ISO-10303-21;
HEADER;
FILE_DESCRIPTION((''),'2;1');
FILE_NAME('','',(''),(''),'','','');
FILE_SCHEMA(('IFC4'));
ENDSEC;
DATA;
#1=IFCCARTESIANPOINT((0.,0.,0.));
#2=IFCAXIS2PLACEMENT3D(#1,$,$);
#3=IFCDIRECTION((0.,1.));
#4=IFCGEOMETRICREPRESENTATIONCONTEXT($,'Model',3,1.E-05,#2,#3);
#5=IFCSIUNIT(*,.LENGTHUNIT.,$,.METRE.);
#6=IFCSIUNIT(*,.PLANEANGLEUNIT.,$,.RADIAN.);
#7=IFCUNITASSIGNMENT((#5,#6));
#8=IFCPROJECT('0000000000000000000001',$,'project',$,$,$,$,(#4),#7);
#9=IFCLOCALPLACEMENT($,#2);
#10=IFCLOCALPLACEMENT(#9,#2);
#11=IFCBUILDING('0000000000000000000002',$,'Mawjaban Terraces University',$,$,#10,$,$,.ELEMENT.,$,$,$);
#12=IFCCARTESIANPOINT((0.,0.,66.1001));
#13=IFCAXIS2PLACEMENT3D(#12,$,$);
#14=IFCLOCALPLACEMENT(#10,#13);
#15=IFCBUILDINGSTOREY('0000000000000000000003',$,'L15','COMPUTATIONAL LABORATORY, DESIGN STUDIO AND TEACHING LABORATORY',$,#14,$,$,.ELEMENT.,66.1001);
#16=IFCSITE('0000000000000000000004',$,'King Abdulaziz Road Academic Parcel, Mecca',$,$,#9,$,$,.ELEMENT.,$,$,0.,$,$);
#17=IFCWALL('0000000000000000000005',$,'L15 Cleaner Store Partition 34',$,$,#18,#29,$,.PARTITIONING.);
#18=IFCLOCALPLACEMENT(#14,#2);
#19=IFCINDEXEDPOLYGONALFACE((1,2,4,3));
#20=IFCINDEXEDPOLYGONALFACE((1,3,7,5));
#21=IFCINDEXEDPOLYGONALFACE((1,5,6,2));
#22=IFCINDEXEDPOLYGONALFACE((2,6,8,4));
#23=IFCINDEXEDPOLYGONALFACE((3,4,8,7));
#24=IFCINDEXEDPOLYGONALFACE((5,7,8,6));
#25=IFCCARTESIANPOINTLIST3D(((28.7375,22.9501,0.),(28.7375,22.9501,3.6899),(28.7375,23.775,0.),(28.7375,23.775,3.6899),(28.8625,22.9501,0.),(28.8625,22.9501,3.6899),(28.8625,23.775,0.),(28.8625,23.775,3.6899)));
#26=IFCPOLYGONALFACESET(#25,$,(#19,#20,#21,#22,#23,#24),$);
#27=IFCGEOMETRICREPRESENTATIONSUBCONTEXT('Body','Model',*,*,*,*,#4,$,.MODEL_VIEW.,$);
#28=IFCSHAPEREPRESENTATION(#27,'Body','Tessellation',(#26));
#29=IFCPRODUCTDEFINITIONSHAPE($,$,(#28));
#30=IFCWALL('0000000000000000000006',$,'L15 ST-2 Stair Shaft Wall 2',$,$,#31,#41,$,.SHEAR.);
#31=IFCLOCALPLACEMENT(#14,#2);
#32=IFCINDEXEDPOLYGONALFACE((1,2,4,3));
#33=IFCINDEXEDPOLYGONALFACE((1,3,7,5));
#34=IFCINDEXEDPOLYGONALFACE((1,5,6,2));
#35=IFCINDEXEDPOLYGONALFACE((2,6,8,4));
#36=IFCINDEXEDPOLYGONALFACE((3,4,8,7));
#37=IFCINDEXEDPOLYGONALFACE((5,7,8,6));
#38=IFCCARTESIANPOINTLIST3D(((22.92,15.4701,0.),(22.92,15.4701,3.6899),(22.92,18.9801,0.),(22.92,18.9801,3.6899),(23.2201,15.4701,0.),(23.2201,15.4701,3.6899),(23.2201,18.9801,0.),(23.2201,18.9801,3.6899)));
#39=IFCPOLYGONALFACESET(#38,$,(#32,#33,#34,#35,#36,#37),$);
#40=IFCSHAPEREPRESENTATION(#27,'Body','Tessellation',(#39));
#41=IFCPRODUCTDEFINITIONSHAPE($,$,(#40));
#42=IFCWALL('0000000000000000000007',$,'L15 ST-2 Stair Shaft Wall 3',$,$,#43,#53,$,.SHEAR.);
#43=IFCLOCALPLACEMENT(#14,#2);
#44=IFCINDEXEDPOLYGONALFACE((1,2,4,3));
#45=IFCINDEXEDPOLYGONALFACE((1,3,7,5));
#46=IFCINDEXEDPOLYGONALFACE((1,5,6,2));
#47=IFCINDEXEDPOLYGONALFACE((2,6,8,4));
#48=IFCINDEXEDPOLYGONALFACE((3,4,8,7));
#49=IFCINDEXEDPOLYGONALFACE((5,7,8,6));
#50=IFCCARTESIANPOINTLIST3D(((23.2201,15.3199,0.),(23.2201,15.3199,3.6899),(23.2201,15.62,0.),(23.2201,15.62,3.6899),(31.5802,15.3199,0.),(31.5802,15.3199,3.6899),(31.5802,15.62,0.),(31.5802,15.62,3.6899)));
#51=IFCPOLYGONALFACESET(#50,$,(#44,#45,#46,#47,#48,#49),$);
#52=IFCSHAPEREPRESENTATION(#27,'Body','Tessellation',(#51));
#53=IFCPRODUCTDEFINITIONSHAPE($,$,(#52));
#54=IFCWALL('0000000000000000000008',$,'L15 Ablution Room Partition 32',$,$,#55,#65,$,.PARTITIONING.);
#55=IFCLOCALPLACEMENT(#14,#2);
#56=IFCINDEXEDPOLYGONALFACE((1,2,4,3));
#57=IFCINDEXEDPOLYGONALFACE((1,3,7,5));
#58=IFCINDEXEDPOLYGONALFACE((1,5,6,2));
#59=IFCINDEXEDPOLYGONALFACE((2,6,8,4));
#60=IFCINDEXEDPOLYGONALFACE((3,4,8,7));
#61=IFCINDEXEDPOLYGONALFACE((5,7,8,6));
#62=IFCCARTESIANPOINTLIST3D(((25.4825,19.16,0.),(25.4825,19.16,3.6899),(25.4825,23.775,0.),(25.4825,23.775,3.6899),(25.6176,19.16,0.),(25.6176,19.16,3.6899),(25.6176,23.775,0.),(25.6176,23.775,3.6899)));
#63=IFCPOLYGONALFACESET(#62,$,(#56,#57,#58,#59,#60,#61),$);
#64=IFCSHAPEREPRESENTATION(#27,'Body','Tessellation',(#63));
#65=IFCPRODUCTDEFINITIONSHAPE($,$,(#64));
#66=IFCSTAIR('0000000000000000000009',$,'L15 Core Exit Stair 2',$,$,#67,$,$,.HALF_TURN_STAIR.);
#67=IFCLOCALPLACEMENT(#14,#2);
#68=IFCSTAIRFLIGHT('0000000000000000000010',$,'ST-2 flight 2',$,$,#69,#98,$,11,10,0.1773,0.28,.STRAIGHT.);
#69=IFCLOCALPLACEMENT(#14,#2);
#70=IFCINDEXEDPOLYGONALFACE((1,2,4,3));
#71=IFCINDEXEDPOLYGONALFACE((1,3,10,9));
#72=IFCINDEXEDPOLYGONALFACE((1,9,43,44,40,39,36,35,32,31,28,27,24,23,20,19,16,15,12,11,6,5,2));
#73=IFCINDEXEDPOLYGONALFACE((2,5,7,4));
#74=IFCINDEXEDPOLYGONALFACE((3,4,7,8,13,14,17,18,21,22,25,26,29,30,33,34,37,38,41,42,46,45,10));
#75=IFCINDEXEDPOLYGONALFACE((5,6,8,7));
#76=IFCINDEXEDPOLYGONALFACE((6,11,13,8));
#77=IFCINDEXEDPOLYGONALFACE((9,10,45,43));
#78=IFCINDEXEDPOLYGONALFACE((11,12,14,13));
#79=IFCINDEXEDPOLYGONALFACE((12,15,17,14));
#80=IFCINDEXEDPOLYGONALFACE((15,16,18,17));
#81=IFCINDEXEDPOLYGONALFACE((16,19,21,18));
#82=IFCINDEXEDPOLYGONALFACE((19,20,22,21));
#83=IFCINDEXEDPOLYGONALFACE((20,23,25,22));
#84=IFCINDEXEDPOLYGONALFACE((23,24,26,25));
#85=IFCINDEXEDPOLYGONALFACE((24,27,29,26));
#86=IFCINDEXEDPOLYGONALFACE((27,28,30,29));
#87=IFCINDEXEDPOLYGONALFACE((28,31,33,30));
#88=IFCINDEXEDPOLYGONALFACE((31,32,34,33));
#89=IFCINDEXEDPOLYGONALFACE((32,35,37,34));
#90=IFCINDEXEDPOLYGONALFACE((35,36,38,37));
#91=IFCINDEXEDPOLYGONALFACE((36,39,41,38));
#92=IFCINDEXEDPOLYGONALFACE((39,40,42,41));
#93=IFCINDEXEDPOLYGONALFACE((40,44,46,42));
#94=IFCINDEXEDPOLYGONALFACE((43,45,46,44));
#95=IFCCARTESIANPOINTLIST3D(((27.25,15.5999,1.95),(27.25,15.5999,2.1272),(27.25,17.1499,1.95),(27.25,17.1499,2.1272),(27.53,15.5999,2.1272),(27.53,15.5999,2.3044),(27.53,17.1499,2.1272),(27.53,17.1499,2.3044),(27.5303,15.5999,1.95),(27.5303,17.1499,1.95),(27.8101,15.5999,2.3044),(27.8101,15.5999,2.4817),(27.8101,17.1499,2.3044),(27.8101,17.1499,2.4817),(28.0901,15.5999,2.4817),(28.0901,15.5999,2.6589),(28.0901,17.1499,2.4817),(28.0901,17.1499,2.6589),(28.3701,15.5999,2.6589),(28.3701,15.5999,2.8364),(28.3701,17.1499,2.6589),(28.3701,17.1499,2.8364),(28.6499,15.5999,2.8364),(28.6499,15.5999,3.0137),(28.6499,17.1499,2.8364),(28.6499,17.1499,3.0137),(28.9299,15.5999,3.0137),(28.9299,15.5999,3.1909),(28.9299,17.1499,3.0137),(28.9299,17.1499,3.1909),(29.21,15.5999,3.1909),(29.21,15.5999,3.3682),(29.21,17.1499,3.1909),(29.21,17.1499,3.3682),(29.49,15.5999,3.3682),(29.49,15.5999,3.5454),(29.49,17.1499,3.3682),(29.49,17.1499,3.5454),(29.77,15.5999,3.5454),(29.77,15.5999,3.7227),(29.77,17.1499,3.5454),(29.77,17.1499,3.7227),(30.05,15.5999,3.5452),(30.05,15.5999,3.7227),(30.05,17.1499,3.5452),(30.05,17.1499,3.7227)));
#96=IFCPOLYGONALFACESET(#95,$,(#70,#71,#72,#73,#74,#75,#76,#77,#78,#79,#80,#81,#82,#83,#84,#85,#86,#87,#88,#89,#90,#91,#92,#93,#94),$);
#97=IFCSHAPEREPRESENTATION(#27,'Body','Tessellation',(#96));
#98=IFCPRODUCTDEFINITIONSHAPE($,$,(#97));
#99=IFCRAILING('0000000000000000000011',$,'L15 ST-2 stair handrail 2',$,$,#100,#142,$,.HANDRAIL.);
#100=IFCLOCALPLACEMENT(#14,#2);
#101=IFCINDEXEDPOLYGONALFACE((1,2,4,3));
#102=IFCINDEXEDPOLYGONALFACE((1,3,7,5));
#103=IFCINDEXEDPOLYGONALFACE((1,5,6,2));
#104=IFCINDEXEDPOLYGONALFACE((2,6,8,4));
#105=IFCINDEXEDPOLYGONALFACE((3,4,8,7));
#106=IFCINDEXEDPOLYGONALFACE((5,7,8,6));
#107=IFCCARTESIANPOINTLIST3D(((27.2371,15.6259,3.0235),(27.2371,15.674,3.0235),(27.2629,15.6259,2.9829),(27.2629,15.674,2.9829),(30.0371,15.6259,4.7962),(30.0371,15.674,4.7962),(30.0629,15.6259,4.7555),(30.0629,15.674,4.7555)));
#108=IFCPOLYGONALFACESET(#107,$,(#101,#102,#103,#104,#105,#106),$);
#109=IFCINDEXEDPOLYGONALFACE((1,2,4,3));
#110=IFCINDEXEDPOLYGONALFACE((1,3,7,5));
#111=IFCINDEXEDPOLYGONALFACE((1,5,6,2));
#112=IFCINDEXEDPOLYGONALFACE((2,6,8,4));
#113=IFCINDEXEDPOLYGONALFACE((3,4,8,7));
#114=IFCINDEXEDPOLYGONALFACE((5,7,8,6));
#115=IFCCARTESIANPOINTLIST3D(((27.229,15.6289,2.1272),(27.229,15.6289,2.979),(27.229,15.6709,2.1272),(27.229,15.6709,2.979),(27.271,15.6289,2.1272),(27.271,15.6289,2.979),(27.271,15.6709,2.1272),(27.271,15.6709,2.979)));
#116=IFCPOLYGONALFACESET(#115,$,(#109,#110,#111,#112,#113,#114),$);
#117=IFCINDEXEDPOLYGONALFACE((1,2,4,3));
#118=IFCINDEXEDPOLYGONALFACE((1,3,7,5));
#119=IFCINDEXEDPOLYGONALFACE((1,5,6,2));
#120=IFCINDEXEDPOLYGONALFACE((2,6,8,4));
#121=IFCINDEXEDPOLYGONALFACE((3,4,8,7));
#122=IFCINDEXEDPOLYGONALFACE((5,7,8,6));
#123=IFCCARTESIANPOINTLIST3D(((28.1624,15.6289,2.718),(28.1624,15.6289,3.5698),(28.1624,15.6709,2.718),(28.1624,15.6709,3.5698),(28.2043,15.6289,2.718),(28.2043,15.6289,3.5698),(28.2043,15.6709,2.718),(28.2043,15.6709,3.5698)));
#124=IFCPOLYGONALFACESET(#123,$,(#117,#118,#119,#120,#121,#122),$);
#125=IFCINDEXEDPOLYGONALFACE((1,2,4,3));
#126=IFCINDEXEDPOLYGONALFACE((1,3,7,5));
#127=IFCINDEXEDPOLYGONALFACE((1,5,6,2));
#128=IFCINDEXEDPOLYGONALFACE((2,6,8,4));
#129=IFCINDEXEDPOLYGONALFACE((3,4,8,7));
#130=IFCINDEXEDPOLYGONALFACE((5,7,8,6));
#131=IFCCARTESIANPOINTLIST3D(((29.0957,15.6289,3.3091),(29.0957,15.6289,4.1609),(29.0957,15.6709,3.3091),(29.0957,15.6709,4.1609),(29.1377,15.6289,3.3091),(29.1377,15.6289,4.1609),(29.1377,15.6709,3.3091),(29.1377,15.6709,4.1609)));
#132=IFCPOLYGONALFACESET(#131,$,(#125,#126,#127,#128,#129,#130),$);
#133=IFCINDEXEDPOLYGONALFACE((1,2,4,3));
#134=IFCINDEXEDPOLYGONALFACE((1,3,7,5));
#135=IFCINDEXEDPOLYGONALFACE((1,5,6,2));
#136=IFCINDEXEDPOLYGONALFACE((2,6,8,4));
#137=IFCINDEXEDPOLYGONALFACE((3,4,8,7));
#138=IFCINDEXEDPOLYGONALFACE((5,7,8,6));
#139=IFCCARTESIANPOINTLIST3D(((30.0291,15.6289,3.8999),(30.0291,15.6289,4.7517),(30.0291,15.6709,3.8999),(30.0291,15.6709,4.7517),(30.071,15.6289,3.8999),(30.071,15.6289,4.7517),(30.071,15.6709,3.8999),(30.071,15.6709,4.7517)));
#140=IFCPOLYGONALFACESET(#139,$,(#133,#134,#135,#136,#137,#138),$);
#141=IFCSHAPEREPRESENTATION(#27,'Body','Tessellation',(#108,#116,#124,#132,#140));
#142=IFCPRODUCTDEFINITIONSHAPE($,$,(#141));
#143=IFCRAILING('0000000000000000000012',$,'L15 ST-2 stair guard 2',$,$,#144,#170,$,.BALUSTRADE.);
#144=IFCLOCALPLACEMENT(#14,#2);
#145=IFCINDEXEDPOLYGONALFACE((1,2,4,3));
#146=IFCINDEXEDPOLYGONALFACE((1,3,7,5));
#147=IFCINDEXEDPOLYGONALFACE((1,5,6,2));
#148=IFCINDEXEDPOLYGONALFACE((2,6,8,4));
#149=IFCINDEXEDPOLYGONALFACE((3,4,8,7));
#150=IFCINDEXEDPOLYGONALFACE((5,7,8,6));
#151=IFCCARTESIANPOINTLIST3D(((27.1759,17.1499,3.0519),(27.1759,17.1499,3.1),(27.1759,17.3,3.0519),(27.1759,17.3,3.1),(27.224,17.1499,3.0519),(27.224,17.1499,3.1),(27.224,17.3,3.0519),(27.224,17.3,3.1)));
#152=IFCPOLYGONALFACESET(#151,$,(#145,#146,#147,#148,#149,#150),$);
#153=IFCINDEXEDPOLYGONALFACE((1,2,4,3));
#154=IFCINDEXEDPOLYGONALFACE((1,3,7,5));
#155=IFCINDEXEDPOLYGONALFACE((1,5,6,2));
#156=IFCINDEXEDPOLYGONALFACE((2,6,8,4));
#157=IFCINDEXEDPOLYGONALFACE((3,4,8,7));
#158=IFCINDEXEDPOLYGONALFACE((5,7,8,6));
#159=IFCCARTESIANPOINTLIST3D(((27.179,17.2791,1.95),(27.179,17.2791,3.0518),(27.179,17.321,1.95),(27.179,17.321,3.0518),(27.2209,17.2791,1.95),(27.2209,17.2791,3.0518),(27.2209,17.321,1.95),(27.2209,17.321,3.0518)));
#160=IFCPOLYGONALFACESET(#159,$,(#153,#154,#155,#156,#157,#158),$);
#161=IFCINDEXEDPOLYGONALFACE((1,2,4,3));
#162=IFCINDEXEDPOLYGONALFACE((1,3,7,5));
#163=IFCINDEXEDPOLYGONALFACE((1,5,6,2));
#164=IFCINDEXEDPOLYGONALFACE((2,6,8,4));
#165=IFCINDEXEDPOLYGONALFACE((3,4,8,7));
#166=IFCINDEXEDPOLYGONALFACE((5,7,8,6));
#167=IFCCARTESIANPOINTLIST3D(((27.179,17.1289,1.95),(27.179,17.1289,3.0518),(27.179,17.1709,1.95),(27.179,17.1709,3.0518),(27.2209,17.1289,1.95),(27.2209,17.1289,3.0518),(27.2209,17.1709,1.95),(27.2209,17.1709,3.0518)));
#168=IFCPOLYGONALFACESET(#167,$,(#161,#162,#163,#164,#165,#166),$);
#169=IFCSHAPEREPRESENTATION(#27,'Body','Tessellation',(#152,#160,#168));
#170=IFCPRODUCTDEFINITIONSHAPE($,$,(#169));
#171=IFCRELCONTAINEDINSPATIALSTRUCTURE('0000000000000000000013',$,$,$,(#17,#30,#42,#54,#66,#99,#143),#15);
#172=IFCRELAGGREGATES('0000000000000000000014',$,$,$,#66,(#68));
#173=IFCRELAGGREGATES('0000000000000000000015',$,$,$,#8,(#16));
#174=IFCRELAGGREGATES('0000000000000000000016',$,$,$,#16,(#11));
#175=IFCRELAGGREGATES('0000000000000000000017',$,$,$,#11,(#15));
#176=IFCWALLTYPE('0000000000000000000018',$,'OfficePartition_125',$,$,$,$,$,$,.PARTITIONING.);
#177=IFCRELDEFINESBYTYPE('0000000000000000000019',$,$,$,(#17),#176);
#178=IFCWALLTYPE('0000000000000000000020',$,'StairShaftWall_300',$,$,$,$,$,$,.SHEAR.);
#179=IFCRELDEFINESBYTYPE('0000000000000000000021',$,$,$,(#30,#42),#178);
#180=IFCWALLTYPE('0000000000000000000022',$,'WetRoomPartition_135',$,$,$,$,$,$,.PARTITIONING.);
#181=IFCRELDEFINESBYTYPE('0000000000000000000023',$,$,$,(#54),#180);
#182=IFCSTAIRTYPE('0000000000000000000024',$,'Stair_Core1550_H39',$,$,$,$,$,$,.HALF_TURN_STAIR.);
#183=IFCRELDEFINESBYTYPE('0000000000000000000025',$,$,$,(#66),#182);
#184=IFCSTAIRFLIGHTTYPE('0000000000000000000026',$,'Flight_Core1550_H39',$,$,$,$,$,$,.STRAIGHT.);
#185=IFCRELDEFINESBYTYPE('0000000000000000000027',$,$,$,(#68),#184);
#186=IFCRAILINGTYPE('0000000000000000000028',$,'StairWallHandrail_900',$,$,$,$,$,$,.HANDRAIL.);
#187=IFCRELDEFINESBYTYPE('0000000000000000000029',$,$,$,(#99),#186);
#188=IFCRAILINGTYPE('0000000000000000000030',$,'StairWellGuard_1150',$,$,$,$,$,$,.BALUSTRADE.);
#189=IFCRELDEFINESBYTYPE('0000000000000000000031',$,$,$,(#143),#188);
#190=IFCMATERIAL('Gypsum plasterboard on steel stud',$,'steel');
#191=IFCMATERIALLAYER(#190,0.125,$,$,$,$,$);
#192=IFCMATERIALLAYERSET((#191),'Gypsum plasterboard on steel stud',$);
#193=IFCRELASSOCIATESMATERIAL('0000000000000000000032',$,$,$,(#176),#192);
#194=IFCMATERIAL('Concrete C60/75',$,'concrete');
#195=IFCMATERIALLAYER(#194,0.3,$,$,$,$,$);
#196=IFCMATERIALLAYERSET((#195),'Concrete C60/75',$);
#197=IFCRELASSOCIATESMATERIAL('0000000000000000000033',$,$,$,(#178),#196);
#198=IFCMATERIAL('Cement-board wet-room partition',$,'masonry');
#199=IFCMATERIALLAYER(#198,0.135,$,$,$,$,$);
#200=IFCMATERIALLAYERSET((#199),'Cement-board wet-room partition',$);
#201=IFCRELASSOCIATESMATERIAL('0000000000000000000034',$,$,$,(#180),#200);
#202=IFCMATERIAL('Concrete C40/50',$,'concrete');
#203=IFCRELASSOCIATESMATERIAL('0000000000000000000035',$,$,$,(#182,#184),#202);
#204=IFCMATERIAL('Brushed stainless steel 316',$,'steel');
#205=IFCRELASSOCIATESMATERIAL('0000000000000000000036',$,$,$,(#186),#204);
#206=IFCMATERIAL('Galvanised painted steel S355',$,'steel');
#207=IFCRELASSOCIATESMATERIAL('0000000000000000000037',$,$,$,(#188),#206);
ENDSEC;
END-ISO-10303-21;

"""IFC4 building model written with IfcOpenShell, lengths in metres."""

from ifc_helpers import new_model, si_unit, direction, frame, frame_2d, origin, origin_2d, place, context, subcontext, project, spatial, polyline, rectangle, outline, extrude, material, layer, layer_set, type_object, element, aggregate, save


model = new_model("IFC4")

# Units and contexts
model_context = context("Model", 3, precision=1e-05, world=origin(), true_north=direction((0.0, 1.0)))
body_context = subcontext(model_context, "Body", "Model", "MODEL_VIEW")
ifc_project = project(units=[si_unit("LENGTHUNIT", "METRE"), si_unit("PLANEANGLEUNIT", "RADIAN")], contexts=[model_context])

# Site, building, storey
site_placement = place(None, origin())
site = spatial("IfcSite", under=ifc_project, at=site_placement, Name="King Abdulaziz Road Academic Parcel, Mecca", CompositionType="ELEMENT", RefElevation=0.0)
building_placement = place(site_placement, origin())
building = spatial("IfcBuilding", under=site, at=building_placement, Name="Mawjaban Terraces University", CompositionType="ELEMENT")
storey_placement = place(building_placement, frame((0.0, 0.0, 66.1001)))
storey = spatial("IfcBuildingStorey", under=building, at=storey_placement, Name="L15", Description="COMPUTATIONAL LABORATORY, DESIGN STUDIO AND TEACHING LABORATORY", CompositionType="ELEMENT", Elevation=66.1001)

# Shared definitions
ifc_material_1 = material(Name="Concrete C40/50", Category="concrete")

# Walls
ifc_material_2 = material(Name="Gypsum plasterboard on steel stud", Category="steel")
ifc_layer_1 = layer(ifc_material_2, 0.125)
ifc_layer_set_1 = layer_set([ifc_layer_1], Name="Gypsum plasterboard on steel stud")
wall_type_1 = type_object("IfcWallType", Name="OfficePartition_125", PredefinedType="PARTITIONING", material=ifc_layer_set_1)
wall_1_placement = place(storey_placement, frame((28.8, 22.95, 0.0), z_axis=(0.0, 0.0, 1.0), x_axis=(0.0, 1.0, 0.0)))
element("IfcWall", 1, at=wall_1_placement, inside=storey, type_object=wall_type_1, Name="L15 Cleaner Store Partition 34", PredefinedType="PARTITIONING", context=body_context, shape_type="SweptSolid", body=[
    extrude(rectangle(XDim=0.825, YDim=0.125, at=frame_2d((0.4126, 0.0))), origin(), (0.0, 0.0, 1.0), 3.6899),
])
ifc_material_3 = material(Name="Concrete C60/75", Category="concrete")
ifc_layer_2 = layer(ifc_material_3, 0.3)
ifc_layer_set_2 = layer_set([ifc_layer_2], Name="Concrete C60/75")
wall_type_2 = type_object("IfcWallType", Name="StairShaftWall_300", PredefinedType="SHEAR", material=ifc_layer_set_2)
wall_2_placement = place(storey_placement, frame((23.0701, 18.98, 0.0), z_axis=(0.0, 0.0, 1.0), x_axis=(0.0, -1.0, 0.0)))
element("IfcWall", 2, at=wall_2_placement, inside=storey, type_object=wall_type_2, Name="L15 ST-2 Stair Shaft Wall 2", PredefinedType="SHEAR", context=body_context, shape_type="SweptSolid", body=[
    extrude(rectangle(XDim=3.51, YDim=0.3, at=frame_2d((1.7549, 0.0))), origin(), (0.0, 0.0, 1.0), 3.6899),
])
wall_3_placement = place(storey_placement, frame((23.22, 15.47, 0.0), z_axis=(0.0, 0.0, 1.0), x_axis=(1.0, 0.0, 0.0)))
element("IfcWall", 3, at=wall_3_placement, inside=storey, type_object=wall_type_2, Name="L15 ST-2 Stair Shaft Wall 3", PredefinedType="SHEAR", context=body_context, shape_type="SweptSolid", body=[
    extrude(rectangle(XDim=8.3601, YDim=0.3, at=frame_2d((4.1802, 0.0))), origin(), (0.0, 0.0, 1.0), 3.6899),
])
ifc_material_4 = material(Name="Cement-board wet-room partition", Category="masonry")
ifc_layer_3 = layer(ifc_material_4, 0.135)
ifc_layer_set_3 = layer_set([ifc_layer_3], Name="Cement-board wet-room partition")
wall_type_3 = type_object("IfcWallType", Name="WetRoomPartition_135", PredefinedType="PARTITIONING", material=ifc_layer_set_3)
wall_4_placement = place(storey_placement, frame((25.55, 19.1599, 0.0), z_axis=(0.0, 0.0, 1.0), x_axis=(0.0, 1.0, 0.0)))
element("IfcWall", 4, at=wall_4_placement, inside=storey, type_object=wall_type_3, Name="L15 Ablution Room Partition 32", PredefinedType="PARTITIONING", context=body_context, shape_type="SweptSolid", body=[
    extrude(rectangle(XDim=4.615, YDim=0.135, at=frame_2d((2.3076, 0.0))), origin(), (0.0, 0.0, 1.0), 3.6899),
])

# Stair, stair flight
stair_type = type_object("IfcStairType", Name="Stair_Core1550_H39", PredefinedType="HALF_TURN_STAIR", material=ifc_material_1)
stair_placement = place(storey_placement, origin())
stair = element("IfcStair", 5, at=stair_placement, inside=storey, type_object=stair_type, Name="L15 Core Exit Stair 2", PredefinedType="HALF_TURN_STAIR")
stair_flight_type = type_object("IfcStairFlightType", Name="Flight_Core1550_H39", PredefinedType="STRAIGHT", material=ifc_material_1)
stair_flight_placement = place(storey_placement, frame((27.25, 16.375, 1.95), z_axis=(0.0, 0.0, 1.0), x_axis=(1.0, 0.0, 0.0)))
stair_flight = element("IfcStairFlight", 6, at=stair_flight_placement, type_object=stair_flight_type, Name="ST-2 flight 2", NumberOfRisers=11, NumberOfTreads=10, PredefinedType="STRAIGHT", RiserHeight=0.1773, TreadLength=0.28, context=body_context, shape_type="SweptSolid", body=[
    extrude(outline(polyline([(0.0, 0.0), (0.0, 0.1772), (0.28, 0.1772), (0.28, 0.3545), (0.5601, 0.3545), (0.5601, 0.5317), (0.8401, 0.5317), (0.8401, 0.709), (1.1201, 0.709), (1.1201, 0.8865), (1.3999, 0.8865), (1.3999, 1.0637), (1.6799, 1.0637), (1.6799, 1.241), (1.96, 1.241), (1.96, 1.4182), (2.24, 1.4182), (2.24, 1.5955), (2.52, 1.5955), (2.52, 1.7727), (2.8, 1.7727), (2.8, 1.95), (2.8, 1.5952), (0.2803, 0.0), (0.0, 0.0)])), frame((0.0, 0.7749, 0.0), z_axis=(0.0, -1.0, 0.0), x_axis=(1.0, 0.0, 0.0)), (0.0, 0.0, 1.0), 1.55),
])
aggregate(stair, [stair_flight])

# Railings
ifc_material_5 = material(Name="Brushed stainless steel 316", Category="steel")
railing_type_1 = type_object("IfcRailingType", Name="StairWallHandrail_900", PredefinedType="HANDRAIL", material=ifc_material_5)
railing_1_placement = place(storey_placement, frame((27.25, 15.6499, 2.1272)))
element("IfcRailing", 7, at=railing_1_placement, inside=storey, type_object=railing_type_1, Name="L15 ST-2 stair handrail 2", PredefinedType="HANDRAIL", context=body_context, shape_type="SweptSolid", body=[
    extrude(rectangle(XDim=0.0481, YDim=0.0481, at=origin_2d()), frame((0.0, 0.0, 0.876), z_axis=(0.844909, 0.0, 0.53491), x_axis=(0.0, 1.0, 0.0)), (0.0, 0.0, 1.0), 3.314),
    extrude(rectangle(XDim=0.042, YDim=0.042, at=origin_2d()), origin(), (0.0, 0.0, 1.0), 0.8518),
    extrude(rectangle(XDim=0.042, YDim=0.042, at=origin_2d()), frame((0.9333, 0.0, 0.5908)), (0.0, 0.0, 1.0), 0.8518),
    extrude(rectangle(XDim=0.042, YDim=0.042, at=origin_2d()), frame((1.8667, 0.0, 1.1819)), (0.0, 0.0, 1.0), 0.8518),
    extrude(rectangle(XDim=0.042, YDim=0.042, at=origin_2d()), frame((2.8, 0.0, 1.7727)), (0.0, 0.0, 1.0), 0.8518),
])
ifc_material_6 = material(Name="Galvanised painted steel S355", Category="steel")
railing_type_2 = type_object("IfcRailingType", Name="StairWellGuard_1150", PredefinedType="BALUSTRADE", material=ifc_material_6)
railing_2_placement = place(storey_placement, frame((27.2, 17.3, 1.95)))
element("IfcRailing", 8, at=railing_2_placement, inside=storey, type_object=railing_type_2, Name="L15 ST-2 stair guard 2", PredefinedType="BALUSTRADE", context=body_context, shape_type="SweptSolid", body=[
    extrude(rectangle(XDim=0.0481, YDim=0.0481, at=origin_2d()), frame((0.0, 0.0, 1.126), z_axis=(0.0, -1.0, 0.0), x_axis=(1.0, 0.0, 0.0)), (0.0, 0.0, 1.0), 0.1501),
    extrude(rectangle(XDim=0.042, YDim=0.042, at=origin_2d()), origin(), (0.0, 0.0, 1.0), 1.1018),
    extrude(rectangle(XDim=0.042, YDim=0.042, at=origin_2d()), frame((0.0, -0.1501, 0.0)), (0.0, 0.0, 1.0), 1.1018),
])

save(model, "model.ifc")
